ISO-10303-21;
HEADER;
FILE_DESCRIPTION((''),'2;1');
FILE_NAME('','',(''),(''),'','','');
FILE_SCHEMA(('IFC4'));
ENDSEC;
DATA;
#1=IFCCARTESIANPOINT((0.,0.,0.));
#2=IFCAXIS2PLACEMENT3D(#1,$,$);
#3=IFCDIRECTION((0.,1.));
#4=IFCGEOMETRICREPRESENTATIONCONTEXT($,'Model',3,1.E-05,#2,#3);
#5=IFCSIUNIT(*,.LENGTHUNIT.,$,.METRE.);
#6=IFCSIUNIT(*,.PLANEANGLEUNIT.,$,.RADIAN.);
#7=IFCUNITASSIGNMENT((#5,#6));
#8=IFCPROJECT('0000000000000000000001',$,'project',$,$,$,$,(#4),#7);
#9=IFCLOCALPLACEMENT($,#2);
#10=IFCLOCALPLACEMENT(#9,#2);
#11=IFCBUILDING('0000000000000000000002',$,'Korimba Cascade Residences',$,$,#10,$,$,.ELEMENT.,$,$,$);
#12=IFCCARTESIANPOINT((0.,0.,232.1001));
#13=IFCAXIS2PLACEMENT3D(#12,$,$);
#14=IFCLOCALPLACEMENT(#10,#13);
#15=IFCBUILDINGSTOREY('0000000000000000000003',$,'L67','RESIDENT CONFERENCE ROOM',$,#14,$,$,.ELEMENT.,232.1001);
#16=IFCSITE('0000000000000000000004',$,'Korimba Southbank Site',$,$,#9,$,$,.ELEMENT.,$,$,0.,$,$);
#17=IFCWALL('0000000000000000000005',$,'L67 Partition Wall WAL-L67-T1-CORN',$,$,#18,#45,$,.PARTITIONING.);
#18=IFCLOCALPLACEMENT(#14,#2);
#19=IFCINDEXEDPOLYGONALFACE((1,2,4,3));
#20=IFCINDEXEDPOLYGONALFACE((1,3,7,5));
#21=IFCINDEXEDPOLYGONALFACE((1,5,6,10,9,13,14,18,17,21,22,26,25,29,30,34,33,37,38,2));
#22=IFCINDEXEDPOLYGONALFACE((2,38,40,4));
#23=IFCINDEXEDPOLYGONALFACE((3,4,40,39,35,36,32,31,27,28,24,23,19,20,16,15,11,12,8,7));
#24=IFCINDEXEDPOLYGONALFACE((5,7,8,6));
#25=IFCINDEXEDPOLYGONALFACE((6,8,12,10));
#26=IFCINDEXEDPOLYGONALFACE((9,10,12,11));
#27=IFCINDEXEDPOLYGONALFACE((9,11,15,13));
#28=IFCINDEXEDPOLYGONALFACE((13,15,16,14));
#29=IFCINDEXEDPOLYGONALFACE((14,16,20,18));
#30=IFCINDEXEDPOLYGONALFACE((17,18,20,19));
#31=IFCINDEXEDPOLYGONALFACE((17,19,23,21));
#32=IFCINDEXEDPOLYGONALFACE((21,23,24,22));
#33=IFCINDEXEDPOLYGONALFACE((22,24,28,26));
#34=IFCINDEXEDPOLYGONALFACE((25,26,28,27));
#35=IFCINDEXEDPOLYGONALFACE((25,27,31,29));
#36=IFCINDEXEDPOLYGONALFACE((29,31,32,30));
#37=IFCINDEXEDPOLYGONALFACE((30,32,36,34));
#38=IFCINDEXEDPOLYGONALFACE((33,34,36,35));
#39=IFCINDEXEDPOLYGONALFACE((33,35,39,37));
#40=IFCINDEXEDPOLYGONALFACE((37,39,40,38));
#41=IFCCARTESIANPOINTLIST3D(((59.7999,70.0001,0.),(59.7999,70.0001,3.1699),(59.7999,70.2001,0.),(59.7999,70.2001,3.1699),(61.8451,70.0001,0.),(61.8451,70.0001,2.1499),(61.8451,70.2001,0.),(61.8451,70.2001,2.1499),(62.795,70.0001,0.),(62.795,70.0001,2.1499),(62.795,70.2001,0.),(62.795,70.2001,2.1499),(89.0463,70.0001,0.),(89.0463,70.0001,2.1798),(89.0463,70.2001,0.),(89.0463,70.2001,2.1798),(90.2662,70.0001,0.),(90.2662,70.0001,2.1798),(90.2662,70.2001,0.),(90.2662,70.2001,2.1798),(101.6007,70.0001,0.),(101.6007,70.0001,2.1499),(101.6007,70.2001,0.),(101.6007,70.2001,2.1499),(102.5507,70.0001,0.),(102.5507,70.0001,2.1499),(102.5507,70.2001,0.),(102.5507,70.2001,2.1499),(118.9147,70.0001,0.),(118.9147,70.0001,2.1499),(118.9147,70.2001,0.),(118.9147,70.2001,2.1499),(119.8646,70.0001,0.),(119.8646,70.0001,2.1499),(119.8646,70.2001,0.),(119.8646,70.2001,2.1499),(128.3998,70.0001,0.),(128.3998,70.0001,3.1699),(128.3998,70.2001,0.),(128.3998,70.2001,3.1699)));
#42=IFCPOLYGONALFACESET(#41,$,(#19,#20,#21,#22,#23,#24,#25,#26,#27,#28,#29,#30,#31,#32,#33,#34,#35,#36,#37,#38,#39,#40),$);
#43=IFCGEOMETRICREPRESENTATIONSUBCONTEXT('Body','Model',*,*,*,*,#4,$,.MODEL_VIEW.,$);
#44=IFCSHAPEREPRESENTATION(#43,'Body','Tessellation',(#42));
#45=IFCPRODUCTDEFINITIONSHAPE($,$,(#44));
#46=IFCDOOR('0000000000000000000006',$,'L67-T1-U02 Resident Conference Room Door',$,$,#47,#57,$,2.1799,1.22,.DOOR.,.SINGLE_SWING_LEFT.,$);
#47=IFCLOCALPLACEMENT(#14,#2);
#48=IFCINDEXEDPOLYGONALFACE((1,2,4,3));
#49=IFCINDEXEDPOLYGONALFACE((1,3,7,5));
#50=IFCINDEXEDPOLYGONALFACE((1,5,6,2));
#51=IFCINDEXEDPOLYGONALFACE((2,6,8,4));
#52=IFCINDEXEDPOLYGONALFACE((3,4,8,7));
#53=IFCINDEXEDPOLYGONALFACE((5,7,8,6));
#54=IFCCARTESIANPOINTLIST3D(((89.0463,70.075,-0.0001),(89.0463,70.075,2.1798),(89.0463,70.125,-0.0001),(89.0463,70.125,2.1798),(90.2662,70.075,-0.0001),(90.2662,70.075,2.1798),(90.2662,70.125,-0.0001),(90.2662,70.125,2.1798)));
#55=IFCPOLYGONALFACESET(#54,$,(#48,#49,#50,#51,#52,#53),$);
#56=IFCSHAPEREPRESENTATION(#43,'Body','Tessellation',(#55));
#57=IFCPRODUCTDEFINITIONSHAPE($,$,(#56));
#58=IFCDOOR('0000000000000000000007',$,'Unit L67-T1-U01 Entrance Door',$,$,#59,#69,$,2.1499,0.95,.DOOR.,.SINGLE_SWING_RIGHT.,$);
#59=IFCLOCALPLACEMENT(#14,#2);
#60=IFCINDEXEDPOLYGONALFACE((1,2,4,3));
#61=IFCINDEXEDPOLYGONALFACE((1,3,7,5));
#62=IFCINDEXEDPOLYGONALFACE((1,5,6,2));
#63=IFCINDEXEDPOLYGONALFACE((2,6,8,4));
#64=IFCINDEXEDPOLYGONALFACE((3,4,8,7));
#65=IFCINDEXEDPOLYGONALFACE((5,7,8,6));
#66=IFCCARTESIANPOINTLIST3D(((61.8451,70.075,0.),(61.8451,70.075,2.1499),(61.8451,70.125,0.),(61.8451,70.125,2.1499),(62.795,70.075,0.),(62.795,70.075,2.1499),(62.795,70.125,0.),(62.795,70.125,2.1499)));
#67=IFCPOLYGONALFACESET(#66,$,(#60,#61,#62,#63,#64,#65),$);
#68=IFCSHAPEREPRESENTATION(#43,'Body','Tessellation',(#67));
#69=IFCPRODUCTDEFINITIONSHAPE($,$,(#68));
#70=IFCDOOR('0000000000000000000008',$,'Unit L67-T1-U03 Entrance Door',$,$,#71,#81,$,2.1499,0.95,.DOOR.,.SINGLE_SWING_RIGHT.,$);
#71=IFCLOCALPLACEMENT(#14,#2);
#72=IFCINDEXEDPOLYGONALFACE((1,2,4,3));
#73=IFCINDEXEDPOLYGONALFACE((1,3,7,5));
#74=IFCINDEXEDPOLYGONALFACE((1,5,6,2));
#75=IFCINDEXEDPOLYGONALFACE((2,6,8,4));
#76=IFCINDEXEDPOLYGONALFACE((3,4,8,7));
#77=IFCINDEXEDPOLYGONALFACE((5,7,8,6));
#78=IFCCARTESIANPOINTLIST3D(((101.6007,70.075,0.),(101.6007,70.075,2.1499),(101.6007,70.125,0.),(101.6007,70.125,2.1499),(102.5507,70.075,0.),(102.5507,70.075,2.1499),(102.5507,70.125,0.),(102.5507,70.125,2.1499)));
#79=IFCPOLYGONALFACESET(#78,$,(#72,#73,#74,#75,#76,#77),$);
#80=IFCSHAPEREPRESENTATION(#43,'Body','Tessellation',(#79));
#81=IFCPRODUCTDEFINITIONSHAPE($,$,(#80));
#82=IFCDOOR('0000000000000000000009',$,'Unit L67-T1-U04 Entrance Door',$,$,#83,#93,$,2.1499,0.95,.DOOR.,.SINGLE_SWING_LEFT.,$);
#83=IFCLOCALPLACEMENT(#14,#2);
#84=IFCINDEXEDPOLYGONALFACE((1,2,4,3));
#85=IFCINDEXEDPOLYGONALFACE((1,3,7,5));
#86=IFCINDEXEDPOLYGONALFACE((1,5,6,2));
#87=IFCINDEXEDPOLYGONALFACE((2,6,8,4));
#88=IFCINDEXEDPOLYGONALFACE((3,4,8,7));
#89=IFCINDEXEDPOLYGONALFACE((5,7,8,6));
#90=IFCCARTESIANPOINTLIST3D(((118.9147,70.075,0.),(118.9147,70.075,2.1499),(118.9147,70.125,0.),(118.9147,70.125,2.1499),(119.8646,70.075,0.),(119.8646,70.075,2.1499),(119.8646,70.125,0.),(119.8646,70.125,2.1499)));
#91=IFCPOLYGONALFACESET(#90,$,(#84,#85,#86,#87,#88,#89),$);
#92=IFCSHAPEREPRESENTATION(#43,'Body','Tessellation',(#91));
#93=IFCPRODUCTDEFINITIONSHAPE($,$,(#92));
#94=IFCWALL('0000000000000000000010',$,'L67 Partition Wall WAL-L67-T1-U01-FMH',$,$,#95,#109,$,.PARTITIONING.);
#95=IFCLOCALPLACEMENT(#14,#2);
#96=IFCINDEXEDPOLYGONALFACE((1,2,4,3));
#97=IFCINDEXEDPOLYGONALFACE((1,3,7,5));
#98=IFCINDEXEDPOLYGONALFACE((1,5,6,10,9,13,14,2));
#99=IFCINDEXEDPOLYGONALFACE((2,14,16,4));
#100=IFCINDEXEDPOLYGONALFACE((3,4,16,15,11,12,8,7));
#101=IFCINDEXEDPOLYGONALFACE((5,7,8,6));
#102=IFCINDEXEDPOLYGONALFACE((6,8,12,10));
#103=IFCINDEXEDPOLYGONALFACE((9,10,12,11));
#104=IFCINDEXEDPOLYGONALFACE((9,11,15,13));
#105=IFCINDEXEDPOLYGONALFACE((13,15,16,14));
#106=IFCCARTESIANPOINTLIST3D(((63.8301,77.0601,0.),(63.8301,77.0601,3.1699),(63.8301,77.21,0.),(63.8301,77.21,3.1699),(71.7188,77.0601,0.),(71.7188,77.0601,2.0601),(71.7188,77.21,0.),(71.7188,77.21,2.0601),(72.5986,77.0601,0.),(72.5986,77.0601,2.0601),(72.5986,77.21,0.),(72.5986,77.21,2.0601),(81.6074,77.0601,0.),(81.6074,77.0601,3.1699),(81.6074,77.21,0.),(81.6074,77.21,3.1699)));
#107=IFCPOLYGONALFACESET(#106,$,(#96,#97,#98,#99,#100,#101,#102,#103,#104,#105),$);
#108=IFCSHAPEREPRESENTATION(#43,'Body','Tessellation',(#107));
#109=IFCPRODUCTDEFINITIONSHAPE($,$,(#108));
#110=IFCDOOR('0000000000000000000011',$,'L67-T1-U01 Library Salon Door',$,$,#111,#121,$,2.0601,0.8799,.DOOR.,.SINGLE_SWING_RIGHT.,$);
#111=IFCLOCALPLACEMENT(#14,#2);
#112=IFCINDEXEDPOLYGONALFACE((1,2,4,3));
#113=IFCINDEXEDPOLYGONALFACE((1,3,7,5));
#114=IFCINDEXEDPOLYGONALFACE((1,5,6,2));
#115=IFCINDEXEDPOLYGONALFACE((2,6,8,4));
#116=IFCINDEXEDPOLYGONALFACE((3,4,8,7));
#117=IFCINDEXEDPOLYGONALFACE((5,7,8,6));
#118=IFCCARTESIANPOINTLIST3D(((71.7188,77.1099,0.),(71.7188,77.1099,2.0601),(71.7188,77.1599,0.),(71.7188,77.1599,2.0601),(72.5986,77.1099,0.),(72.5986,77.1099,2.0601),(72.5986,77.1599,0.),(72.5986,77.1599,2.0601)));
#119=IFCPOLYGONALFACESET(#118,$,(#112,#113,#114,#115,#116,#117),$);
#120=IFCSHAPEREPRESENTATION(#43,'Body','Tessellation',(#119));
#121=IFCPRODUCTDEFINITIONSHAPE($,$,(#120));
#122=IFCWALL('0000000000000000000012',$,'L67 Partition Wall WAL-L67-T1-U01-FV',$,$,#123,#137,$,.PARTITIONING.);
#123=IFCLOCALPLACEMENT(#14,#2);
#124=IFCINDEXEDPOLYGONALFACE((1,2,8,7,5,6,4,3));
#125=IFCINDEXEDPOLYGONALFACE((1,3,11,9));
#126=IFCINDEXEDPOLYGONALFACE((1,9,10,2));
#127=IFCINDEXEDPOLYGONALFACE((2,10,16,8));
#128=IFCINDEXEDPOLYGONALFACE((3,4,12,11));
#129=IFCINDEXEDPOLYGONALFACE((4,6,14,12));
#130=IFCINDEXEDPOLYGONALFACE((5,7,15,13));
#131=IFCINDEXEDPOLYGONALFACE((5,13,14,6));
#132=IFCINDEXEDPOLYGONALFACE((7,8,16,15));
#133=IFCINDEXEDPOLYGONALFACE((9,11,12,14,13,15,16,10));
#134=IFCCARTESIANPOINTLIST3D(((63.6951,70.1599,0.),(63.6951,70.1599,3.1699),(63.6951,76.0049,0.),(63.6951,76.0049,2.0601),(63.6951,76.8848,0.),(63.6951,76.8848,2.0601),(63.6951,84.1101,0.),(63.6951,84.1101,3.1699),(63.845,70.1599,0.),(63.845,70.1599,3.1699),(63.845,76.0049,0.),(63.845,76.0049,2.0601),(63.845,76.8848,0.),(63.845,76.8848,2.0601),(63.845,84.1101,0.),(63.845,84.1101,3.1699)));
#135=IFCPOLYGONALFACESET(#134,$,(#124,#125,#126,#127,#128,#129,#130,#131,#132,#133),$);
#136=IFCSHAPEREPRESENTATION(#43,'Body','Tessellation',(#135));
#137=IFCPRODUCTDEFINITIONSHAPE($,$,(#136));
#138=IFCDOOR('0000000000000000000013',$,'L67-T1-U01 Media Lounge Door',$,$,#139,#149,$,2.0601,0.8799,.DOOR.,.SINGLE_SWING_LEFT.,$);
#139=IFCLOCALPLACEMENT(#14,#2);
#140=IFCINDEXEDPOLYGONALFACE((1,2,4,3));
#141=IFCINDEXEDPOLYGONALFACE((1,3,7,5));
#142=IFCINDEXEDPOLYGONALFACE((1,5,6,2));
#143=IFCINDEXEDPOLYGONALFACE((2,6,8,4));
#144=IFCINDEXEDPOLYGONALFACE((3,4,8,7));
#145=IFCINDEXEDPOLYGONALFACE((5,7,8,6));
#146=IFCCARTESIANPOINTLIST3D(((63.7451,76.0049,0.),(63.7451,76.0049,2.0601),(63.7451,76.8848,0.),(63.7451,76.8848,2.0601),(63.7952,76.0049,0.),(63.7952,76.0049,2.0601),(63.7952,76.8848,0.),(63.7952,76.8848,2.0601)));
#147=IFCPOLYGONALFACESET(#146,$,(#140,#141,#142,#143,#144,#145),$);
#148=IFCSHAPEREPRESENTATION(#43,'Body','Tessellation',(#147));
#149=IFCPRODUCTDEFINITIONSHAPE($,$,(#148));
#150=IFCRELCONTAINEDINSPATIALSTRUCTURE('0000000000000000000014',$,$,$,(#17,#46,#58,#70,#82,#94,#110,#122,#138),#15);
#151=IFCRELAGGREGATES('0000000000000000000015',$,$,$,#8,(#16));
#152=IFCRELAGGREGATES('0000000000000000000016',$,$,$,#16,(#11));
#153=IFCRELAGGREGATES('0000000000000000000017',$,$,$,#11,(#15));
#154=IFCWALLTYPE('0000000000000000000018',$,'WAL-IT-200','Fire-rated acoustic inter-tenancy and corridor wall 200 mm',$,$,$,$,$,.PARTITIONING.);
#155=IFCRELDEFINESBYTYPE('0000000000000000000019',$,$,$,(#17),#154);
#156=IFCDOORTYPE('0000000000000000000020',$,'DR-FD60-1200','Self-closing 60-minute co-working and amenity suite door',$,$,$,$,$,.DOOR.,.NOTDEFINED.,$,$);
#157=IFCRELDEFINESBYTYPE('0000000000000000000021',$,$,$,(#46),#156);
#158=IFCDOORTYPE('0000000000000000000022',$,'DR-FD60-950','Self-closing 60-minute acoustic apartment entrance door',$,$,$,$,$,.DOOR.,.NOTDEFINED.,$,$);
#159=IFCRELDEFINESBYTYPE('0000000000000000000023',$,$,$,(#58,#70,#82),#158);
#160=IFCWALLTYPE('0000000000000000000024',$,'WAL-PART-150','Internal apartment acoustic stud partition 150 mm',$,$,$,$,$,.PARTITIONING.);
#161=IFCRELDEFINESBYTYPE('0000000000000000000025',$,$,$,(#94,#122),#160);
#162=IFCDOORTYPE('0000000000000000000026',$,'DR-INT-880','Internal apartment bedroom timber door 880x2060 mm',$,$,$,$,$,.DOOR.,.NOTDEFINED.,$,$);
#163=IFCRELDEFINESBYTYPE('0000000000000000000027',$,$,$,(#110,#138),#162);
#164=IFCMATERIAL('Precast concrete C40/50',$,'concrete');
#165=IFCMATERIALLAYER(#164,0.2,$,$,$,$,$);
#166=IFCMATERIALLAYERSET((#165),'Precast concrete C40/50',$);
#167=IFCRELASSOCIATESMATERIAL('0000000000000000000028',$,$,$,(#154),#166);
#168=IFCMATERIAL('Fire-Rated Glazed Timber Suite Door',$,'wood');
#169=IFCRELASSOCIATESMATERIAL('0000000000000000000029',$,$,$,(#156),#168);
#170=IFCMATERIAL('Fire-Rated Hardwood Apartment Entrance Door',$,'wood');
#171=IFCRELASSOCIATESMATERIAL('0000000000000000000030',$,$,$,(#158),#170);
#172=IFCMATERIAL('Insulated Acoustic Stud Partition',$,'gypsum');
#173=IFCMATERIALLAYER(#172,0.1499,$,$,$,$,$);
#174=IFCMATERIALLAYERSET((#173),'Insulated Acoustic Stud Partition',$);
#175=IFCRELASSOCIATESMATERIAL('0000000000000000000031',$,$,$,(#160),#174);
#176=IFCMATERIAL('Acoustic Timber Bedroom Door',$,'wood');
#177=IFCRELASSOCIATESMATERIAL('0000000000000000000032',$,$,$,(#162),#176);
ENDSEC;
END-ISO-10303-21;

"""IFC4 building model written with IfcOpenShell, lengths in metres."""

from ifc_helpers import new_model, si_unit, direction, frame, frame_2d, origin, place, context, subcontext, project, spatial, rectangle, extrude, material, layer, layer_set, type_object, element, fill, save


model = new_model("IFC4")

# Units and contexts
model_context = context("Model", 3, precision=1e-05, world=origin(), true_north=direction((0.0, 1.0)))
body_context = subcontext(model_context, "Body", "Model", "MODEL_VIEW")
ifc_project = project(units=[si_unit("LENGTHUNIT", "METRE"), si_unit("PLANEANGLEUNIT", "RADIAN")], contexts=[model_context])

# Site, building, storey
site_placement = place(None, origin())
site = spatial("IfcSite", under=ifc_project, at=site_placement, Name="Korimba Southbank Site", CompositionType="ELEMENT", RefElevation=0.0)
building_placement = place(site_placement, origin())
building = spatial("IfcBuilding", under=site, at=building_placement, Name="Korimba Cascade Residences", CompositionType="ELEMENT")
storey_placement = place(building_placement, frame((0.0, 0.0, 232.1001)))
storey = spatial("IfcBuildingStorey", under=building, at=storey_placement, Name="L67", Description="RESIDENT CONFERENCE ROOM", CompositionType="ELEMENT", Elevation=232.1001)

# Shared definitions
ifc_material_1 = material(Name="Precast concrete C40/50", Category="concrete")
ifc_layer_1 = layer(ifc_material_1, 0.2)
ifc_layer_set_1 = layer_set([ifc_layer_1], Name="Precast concrete C40/50")
wall_type_1 = type_object("IfcWallType", Name="WAL-IT-200", Description="Fire-rated acoustic inter-tenancy and corridor wall 200 mm", PredefinedType="PARTITIONING", material=ifc_layer_set_1)

# Wall, openings, doors
wall_1_placement = place(storey_placement, frame((59.8, 70.1001, 0.0), z_axis=(0.0, 0.0, 1.0), x_axis=(1.0, 0.0, 0.0)))
wall_1 = element("IfcWall", 1, at=wall_1_placement, inside=storey, type_object=wall_type_1, Name="L67 Partition Wall WAL-L67-T1-CORN", PredefinedType="PARTITIONING", context=body_context, shape_type="SweptSolid", body=[
    extrude(rectangle(XDim=68.5999, YDim=0.2, at=frame_2d((34.2998, 0.0))), origin(), (0.0, 0.0, 1.0), 3.1699),
])
opening_1_placement = place(wall_1_placement, frame((2.0449, 0.0, 0.0)))
opening_1 = element("IfcOpeningElement", 2, at=opening_1_placement, cuts=wall_1, PredefinedType="OPENING", context=body_context, shape_type="SweptSolid", body=[
    extrude(rectangle(XDim=0.95, YDim=2.1499, at=frame_2d((0.4751, 1.075))), frame((0.0, 0.1099, 0.0), z_axis=(0.0, -1.0, 0.0), x_axis=(1.0, 0.0, 0.0)), (0.0, 0.0, 1.0), 0.22),
])
opening_2_placement = place(wall_1_placement, frame((29.2463, 0.0, 0.0)))
opening_2 = element("IfcOpeningElement", 3, at=opening_2_placement, cuts=wall_1, PredefinedType="OPENING", context=body_context, shape_type="SweptSolid", body=[
    extrude(rectangle(XDim=1.22, YDim=2.1799, at=frame_2d((0.6099, 1.0898))), frame((0.0, 0.1099, 0.0), z_axis=(0.0, -1.0, 0.0), x_axis=(1.0, 0.0, 0.0)), (0.0, 0.0, 1.0), 0.22),
])
opening_3_placement = place(wall_1_placement, frame((41.8005, 0.0, 0.0)))
opening_3 = element("IfcOpeningElement", 4, at=opening_3_placement, cuts=wall_1, PredefinedType="OPENING", context=body_context, shape_type="SweptSolid", body=[
    extrude(rectangle(XDim=0.95, YDim=2.1499, at=frame_2d((0.4751, 1.075))), frame((0.0, 0.1099, 0.0), z_axis=(0.0, -1.0, 0.0), x_axis=(1.0, 0.0, 0.0)), (0.0, 0.0, 1.0), 0.22),
])
opening_4_placement = place(wall_1_placement, frame((59.1145, 0.0, 0.0)))
opening_4 = element("IfcOpeningElement", 5, at=opening_4_placement, cuts=wall_1, PredefinedType="OPENING", context=body_context, shape_type="SweptSolid", body=[
    extrude(rectangle(XDim=0.95, YDim=2.1499, at=frame_2d((0.4751, 1.075))), frame((0.0, 0.1099, 0.0), z_axis=(0.0, -1.0, 0.0), x_axis=(1.0, 0.0, 0.0)), (0.0, 0.0, 1.0), 0.22),
])
ifc_material_2 = material(Name="Fire-Rated Glazed Timber Suite Door", Category="wood")
door_type_1 = type_object("IfcDoorType", Name="DR-FD60-1200", Description="Self-closing 60-minute co-working and amenity suite door", OperationType="NOTDEFINED", PredefinedType="DOOR", material=ifc_material_2)
door_1_placement = place(opening_2_placement, origin())
door_1 = element("IfcDoor", 6, at=door_1_placement, inside=storey, type_object=door_type_1, Name="L67-T1-U02 Resident Conference Room Door", OperationType="SINGLE_SWING_LEFT", OverallHeight=2.1799, OverallWidth=1.22, PredefinedType="DOOR", context=body_context, shape_type="SweptSolid", body=[
    extrude(rectangle(XDim=1.22, YDim=2.1799, at=frame_2d((0.6099, 1.0898))), frame((0.0, 0.0249, 0.0), z_axis=(0.0, -1.0, 0.0), x_axis=(1.0, 0.0, 0.0)), (0.0, 0.0, 1.0), 0.05),
])
fill(opening_2, door_1)
ifc_material_3 = material(Name="Fire-Rated Hardwood Apartment Entrance Door", Category="wood")
door_type_2 = type_object("IfcDoorType", Name="DR-FD60-950", Description="Self-closing 60-minute acoustic apartment entrance door", OperationType="NOTDEFINED", PredefinedType="DOOR", material=ifc_material_3)
door_2_placement = place(opening_1_placement, origin())
door_2 = element("IfcDoor", 7, at=door_2_placement, inside=storey, type_object=door_type_2, Name="Unit L67-T1-U01 Entrance Door", OperationType="SINGLE_SWING_RIGHT", OverallHeight=2.1499, OverallWidth=0.95, PredefinedType="DOOR", context=body_context, shape_type="SweptSolid", body=[
    extrude(rectangle(XDim=0.95, YDim=2.1499, at=frame_2d((0.4751, 1.075))), frame((0.0, 0.0249, 0.0), z_axis=(0.0, -1.0, 0.0), x_axis=(1.0, 0.0, 0.0)), (0.0, 0.0, 1.0), 0.05),
])
fill(opening_1, door_2)
door_3_placement = place(opening_3_placement, origin())
door_3 = element("IfcDoor", 8, at=door_3_placement, inside=storey, type_object=door_type_2, Name="Unit L67-T1-U03 Entrance Door", OperationType="SINGLE_SWING_RIGHT", OverallHeight=2.1499, OverallWidth=0.95, PredefinedType="DOOR", context=body_context, shape_type="SweptSolid", body=[
    extrude(rectangle(XDim=0.95, YDim=2.1499, at=frame_2d((0.4751, 1.075))), frame((0.0, 0.0249, 0.0), z_axis=(0.0, -1.0, 0.0), x_axis=(1.0, 0.0, 0.0)), (0.0, 0.0, 1.0), 0.05),
])
fill(opening_3, door_3)
door_4_placement = place(opening_4_placement, origin())
door_4 = element("IfcDoor", 9, at=door_4_placement, inside=storey, type_object=door_type_2, Name="Unit L67-T1-U04 Entrance Door", OperationType="SINGLE_SWING_LEFT", OverallHeight=2.1499, OverallWidth=0.95, PredefinedType="DOOR", context=body_context, shape_type="SweptSolid", body=[
    extrude(rectangle(XDim=0.95, YDim=2.1499, at=frame_2d((0.4751, 1.075))), frame((0.0, 0.0249, 0.0), z_axis=(0.0, -1.0, 0.0), x_axis=(1.0, 0.0, 0.0)), (0.0, 0.0, 1.0), 0.05),
])
fill(opening_4, door_4)

# Walls, openings, doors
ifc_material_4 = material(Name="Insulated Acoustic Stud Partition", Category="gypsum")
ifc_layer_2 = layer(ifc_material_4, 0.1499)
ifc_layer_set_2 = layer_set([ifc_layer_2], Name="Insulated Acoustic Stud Partition")
wall_type_2 = type_object("IfcWallType", Name="WAL-PART-150", Description="Internal apartment acoustic stud partition 150 mm", PredefinedType="PARTITIONING", material=ifc_layer_set_2)
wall_2_placement = place(storey_placement, frame((63.8301, 77.135, 0.0), z_axis=(0.0, 0.0, 1.0), x_axis=(1.0, 0.0, 0.0)))
wall_2 = element("IfcWall", 10, at=wall_2_placement, inside=storey, type_object=wall_type_2, Name="L67 Partition Wall WAL-L67-T1-U01-FMH", PredefinedType="PARTITIONING", context=body_context, shape_type="SweptSolid", body=[
    extrude(rectangle(XDim=17.7773, YDim=0.1499, at=frame_2d((8.8887, 0.0))), origin(), (0.0, 0.0, 1.0), 3.1699),
])
opening_5_placement = place(wall_2_placement, frame((7.8887, 0.0, 0.0)))
opening_5 = element("IfcOpeningElement", 11, at=opening_5_placement, cuts=wall_2, PredefinedType="OPENING", context=body_context, shape_type="SweptSolid", body=[
    extrude(rectangle(XDim=0.8799, YDim=2.0601, at=frame_2d((0.4399, 1.03))), frame((0.0, 0.085, 0.0), z_axis=(0.0, -1.0, 0.0), x_axis=(1.0, 0.0, 0.0)), (0.0, 0.0, 1.0), 0.1699),
])
ifc_material_5 = material(Name="Acoustic Timber Bedroom Door", Category="wood")
door_type_3 = type_object("IfcDoorType", Name="DR-INT-880", Description="Internal apartment bedroom timber door 880x2060 mm", OperationType="NOTDEFINED", PredefinedType="DOOR", material=ifc_material_5)
door_5_placement = place(opening_5_placement, origin())
door_5 = element("IfcDoor", 12, at=door_5_placement, inside=storey, type_object=door_type_3, Name="L67-T1-U01 Library Salon Door", OperationType="SINGLE_SWING_RIGHT", OverallHeight=2.0601, OverallWidth=0.8799, PredefinedType="DOOR", context=body_context, shape_type="SweptSolid", body=[
    extrude(rectangle(XDim=0.8799, YDim=2.0601, at=frame_2d((0.4399, 1.03))), frame((0.0, 0.0249, 0.0), z_axis=(0.0, -1.0, 0.0), x_axis=(1.0, 0.0, 0.0)), (0.0, 0.0, 1.0), 0.05),
])
fill(opening_5, door_5)
wall_3_placement = place(storey_placement, frame((63.77, 70.1599, 0.0), z_axis=(0.0, 0.0, 1.0), x_axis=(0.0, 1.0, 0.0)))
wall_3 = element("IfcWall", 13, at=wall_3_placement, inside=storey, type_object=wall_type_2, Name="L67 Partition Wall WAL-L67-T1-U01-FV", PredefinedType="PARTITIONING", context=body_context, shape_type="SweptSolid", body=[
    extrude(rectangle(XDim=13.9502, YDim=0.1499, at=frame_2d((6.9751, 0.0))), origin(), (0.0, 0.0, 1.0), 3.1699),
])
opening_6_placement = place(wall_3_placement, frame((5.845, 0.0, 0.0)))
opening_6 = element("IfcOpeningElement", 14, at=opening_6_placement, cuts=wall_3, PredefinedType="OPENING", context=body_context, shape_type="SweptSolid", body=[
    extrude(rectangle(XDim=0.8799, YDim=2.0601, at=frame_2d((0.4399, 1.03))), frame((0.0, 0.085, 0.0), z_axis=(0.0, -1.0, 0.0), x_axis=(1.0, 0.0, 0.0)), (0.0, 0.0, 1.0), 0.1699),
])
door_6_placement = place(opening_6_placement, origin())
door_6 = element("IfcDoor", 15, at=door_6_placement, inside=storey, type_object=door_type_3, Name="L67-T1-U01 Media Lounge Door", OperationType="SINGLE_SWING_LEFT", OverallHeight=2.0601, OverallWidth=0.8799, PredefinedType="DOOR", context=body_context, shape_type="SweptSolid", body=[
    extrude(rectangle(XDim=0.8799, YDim=2.0601, at=frame_2d((0.4399, 1.03))), frame((0.0, 0.0249, 0.0), z_axis=(0.0, -1.0, 0.0), x_axis=(1.0, 0.0, 0.0)), (0.0, 0.0, 1.0), 0.05),
])
fill(opening_6, door_6)

save(model, "model.ifc")
